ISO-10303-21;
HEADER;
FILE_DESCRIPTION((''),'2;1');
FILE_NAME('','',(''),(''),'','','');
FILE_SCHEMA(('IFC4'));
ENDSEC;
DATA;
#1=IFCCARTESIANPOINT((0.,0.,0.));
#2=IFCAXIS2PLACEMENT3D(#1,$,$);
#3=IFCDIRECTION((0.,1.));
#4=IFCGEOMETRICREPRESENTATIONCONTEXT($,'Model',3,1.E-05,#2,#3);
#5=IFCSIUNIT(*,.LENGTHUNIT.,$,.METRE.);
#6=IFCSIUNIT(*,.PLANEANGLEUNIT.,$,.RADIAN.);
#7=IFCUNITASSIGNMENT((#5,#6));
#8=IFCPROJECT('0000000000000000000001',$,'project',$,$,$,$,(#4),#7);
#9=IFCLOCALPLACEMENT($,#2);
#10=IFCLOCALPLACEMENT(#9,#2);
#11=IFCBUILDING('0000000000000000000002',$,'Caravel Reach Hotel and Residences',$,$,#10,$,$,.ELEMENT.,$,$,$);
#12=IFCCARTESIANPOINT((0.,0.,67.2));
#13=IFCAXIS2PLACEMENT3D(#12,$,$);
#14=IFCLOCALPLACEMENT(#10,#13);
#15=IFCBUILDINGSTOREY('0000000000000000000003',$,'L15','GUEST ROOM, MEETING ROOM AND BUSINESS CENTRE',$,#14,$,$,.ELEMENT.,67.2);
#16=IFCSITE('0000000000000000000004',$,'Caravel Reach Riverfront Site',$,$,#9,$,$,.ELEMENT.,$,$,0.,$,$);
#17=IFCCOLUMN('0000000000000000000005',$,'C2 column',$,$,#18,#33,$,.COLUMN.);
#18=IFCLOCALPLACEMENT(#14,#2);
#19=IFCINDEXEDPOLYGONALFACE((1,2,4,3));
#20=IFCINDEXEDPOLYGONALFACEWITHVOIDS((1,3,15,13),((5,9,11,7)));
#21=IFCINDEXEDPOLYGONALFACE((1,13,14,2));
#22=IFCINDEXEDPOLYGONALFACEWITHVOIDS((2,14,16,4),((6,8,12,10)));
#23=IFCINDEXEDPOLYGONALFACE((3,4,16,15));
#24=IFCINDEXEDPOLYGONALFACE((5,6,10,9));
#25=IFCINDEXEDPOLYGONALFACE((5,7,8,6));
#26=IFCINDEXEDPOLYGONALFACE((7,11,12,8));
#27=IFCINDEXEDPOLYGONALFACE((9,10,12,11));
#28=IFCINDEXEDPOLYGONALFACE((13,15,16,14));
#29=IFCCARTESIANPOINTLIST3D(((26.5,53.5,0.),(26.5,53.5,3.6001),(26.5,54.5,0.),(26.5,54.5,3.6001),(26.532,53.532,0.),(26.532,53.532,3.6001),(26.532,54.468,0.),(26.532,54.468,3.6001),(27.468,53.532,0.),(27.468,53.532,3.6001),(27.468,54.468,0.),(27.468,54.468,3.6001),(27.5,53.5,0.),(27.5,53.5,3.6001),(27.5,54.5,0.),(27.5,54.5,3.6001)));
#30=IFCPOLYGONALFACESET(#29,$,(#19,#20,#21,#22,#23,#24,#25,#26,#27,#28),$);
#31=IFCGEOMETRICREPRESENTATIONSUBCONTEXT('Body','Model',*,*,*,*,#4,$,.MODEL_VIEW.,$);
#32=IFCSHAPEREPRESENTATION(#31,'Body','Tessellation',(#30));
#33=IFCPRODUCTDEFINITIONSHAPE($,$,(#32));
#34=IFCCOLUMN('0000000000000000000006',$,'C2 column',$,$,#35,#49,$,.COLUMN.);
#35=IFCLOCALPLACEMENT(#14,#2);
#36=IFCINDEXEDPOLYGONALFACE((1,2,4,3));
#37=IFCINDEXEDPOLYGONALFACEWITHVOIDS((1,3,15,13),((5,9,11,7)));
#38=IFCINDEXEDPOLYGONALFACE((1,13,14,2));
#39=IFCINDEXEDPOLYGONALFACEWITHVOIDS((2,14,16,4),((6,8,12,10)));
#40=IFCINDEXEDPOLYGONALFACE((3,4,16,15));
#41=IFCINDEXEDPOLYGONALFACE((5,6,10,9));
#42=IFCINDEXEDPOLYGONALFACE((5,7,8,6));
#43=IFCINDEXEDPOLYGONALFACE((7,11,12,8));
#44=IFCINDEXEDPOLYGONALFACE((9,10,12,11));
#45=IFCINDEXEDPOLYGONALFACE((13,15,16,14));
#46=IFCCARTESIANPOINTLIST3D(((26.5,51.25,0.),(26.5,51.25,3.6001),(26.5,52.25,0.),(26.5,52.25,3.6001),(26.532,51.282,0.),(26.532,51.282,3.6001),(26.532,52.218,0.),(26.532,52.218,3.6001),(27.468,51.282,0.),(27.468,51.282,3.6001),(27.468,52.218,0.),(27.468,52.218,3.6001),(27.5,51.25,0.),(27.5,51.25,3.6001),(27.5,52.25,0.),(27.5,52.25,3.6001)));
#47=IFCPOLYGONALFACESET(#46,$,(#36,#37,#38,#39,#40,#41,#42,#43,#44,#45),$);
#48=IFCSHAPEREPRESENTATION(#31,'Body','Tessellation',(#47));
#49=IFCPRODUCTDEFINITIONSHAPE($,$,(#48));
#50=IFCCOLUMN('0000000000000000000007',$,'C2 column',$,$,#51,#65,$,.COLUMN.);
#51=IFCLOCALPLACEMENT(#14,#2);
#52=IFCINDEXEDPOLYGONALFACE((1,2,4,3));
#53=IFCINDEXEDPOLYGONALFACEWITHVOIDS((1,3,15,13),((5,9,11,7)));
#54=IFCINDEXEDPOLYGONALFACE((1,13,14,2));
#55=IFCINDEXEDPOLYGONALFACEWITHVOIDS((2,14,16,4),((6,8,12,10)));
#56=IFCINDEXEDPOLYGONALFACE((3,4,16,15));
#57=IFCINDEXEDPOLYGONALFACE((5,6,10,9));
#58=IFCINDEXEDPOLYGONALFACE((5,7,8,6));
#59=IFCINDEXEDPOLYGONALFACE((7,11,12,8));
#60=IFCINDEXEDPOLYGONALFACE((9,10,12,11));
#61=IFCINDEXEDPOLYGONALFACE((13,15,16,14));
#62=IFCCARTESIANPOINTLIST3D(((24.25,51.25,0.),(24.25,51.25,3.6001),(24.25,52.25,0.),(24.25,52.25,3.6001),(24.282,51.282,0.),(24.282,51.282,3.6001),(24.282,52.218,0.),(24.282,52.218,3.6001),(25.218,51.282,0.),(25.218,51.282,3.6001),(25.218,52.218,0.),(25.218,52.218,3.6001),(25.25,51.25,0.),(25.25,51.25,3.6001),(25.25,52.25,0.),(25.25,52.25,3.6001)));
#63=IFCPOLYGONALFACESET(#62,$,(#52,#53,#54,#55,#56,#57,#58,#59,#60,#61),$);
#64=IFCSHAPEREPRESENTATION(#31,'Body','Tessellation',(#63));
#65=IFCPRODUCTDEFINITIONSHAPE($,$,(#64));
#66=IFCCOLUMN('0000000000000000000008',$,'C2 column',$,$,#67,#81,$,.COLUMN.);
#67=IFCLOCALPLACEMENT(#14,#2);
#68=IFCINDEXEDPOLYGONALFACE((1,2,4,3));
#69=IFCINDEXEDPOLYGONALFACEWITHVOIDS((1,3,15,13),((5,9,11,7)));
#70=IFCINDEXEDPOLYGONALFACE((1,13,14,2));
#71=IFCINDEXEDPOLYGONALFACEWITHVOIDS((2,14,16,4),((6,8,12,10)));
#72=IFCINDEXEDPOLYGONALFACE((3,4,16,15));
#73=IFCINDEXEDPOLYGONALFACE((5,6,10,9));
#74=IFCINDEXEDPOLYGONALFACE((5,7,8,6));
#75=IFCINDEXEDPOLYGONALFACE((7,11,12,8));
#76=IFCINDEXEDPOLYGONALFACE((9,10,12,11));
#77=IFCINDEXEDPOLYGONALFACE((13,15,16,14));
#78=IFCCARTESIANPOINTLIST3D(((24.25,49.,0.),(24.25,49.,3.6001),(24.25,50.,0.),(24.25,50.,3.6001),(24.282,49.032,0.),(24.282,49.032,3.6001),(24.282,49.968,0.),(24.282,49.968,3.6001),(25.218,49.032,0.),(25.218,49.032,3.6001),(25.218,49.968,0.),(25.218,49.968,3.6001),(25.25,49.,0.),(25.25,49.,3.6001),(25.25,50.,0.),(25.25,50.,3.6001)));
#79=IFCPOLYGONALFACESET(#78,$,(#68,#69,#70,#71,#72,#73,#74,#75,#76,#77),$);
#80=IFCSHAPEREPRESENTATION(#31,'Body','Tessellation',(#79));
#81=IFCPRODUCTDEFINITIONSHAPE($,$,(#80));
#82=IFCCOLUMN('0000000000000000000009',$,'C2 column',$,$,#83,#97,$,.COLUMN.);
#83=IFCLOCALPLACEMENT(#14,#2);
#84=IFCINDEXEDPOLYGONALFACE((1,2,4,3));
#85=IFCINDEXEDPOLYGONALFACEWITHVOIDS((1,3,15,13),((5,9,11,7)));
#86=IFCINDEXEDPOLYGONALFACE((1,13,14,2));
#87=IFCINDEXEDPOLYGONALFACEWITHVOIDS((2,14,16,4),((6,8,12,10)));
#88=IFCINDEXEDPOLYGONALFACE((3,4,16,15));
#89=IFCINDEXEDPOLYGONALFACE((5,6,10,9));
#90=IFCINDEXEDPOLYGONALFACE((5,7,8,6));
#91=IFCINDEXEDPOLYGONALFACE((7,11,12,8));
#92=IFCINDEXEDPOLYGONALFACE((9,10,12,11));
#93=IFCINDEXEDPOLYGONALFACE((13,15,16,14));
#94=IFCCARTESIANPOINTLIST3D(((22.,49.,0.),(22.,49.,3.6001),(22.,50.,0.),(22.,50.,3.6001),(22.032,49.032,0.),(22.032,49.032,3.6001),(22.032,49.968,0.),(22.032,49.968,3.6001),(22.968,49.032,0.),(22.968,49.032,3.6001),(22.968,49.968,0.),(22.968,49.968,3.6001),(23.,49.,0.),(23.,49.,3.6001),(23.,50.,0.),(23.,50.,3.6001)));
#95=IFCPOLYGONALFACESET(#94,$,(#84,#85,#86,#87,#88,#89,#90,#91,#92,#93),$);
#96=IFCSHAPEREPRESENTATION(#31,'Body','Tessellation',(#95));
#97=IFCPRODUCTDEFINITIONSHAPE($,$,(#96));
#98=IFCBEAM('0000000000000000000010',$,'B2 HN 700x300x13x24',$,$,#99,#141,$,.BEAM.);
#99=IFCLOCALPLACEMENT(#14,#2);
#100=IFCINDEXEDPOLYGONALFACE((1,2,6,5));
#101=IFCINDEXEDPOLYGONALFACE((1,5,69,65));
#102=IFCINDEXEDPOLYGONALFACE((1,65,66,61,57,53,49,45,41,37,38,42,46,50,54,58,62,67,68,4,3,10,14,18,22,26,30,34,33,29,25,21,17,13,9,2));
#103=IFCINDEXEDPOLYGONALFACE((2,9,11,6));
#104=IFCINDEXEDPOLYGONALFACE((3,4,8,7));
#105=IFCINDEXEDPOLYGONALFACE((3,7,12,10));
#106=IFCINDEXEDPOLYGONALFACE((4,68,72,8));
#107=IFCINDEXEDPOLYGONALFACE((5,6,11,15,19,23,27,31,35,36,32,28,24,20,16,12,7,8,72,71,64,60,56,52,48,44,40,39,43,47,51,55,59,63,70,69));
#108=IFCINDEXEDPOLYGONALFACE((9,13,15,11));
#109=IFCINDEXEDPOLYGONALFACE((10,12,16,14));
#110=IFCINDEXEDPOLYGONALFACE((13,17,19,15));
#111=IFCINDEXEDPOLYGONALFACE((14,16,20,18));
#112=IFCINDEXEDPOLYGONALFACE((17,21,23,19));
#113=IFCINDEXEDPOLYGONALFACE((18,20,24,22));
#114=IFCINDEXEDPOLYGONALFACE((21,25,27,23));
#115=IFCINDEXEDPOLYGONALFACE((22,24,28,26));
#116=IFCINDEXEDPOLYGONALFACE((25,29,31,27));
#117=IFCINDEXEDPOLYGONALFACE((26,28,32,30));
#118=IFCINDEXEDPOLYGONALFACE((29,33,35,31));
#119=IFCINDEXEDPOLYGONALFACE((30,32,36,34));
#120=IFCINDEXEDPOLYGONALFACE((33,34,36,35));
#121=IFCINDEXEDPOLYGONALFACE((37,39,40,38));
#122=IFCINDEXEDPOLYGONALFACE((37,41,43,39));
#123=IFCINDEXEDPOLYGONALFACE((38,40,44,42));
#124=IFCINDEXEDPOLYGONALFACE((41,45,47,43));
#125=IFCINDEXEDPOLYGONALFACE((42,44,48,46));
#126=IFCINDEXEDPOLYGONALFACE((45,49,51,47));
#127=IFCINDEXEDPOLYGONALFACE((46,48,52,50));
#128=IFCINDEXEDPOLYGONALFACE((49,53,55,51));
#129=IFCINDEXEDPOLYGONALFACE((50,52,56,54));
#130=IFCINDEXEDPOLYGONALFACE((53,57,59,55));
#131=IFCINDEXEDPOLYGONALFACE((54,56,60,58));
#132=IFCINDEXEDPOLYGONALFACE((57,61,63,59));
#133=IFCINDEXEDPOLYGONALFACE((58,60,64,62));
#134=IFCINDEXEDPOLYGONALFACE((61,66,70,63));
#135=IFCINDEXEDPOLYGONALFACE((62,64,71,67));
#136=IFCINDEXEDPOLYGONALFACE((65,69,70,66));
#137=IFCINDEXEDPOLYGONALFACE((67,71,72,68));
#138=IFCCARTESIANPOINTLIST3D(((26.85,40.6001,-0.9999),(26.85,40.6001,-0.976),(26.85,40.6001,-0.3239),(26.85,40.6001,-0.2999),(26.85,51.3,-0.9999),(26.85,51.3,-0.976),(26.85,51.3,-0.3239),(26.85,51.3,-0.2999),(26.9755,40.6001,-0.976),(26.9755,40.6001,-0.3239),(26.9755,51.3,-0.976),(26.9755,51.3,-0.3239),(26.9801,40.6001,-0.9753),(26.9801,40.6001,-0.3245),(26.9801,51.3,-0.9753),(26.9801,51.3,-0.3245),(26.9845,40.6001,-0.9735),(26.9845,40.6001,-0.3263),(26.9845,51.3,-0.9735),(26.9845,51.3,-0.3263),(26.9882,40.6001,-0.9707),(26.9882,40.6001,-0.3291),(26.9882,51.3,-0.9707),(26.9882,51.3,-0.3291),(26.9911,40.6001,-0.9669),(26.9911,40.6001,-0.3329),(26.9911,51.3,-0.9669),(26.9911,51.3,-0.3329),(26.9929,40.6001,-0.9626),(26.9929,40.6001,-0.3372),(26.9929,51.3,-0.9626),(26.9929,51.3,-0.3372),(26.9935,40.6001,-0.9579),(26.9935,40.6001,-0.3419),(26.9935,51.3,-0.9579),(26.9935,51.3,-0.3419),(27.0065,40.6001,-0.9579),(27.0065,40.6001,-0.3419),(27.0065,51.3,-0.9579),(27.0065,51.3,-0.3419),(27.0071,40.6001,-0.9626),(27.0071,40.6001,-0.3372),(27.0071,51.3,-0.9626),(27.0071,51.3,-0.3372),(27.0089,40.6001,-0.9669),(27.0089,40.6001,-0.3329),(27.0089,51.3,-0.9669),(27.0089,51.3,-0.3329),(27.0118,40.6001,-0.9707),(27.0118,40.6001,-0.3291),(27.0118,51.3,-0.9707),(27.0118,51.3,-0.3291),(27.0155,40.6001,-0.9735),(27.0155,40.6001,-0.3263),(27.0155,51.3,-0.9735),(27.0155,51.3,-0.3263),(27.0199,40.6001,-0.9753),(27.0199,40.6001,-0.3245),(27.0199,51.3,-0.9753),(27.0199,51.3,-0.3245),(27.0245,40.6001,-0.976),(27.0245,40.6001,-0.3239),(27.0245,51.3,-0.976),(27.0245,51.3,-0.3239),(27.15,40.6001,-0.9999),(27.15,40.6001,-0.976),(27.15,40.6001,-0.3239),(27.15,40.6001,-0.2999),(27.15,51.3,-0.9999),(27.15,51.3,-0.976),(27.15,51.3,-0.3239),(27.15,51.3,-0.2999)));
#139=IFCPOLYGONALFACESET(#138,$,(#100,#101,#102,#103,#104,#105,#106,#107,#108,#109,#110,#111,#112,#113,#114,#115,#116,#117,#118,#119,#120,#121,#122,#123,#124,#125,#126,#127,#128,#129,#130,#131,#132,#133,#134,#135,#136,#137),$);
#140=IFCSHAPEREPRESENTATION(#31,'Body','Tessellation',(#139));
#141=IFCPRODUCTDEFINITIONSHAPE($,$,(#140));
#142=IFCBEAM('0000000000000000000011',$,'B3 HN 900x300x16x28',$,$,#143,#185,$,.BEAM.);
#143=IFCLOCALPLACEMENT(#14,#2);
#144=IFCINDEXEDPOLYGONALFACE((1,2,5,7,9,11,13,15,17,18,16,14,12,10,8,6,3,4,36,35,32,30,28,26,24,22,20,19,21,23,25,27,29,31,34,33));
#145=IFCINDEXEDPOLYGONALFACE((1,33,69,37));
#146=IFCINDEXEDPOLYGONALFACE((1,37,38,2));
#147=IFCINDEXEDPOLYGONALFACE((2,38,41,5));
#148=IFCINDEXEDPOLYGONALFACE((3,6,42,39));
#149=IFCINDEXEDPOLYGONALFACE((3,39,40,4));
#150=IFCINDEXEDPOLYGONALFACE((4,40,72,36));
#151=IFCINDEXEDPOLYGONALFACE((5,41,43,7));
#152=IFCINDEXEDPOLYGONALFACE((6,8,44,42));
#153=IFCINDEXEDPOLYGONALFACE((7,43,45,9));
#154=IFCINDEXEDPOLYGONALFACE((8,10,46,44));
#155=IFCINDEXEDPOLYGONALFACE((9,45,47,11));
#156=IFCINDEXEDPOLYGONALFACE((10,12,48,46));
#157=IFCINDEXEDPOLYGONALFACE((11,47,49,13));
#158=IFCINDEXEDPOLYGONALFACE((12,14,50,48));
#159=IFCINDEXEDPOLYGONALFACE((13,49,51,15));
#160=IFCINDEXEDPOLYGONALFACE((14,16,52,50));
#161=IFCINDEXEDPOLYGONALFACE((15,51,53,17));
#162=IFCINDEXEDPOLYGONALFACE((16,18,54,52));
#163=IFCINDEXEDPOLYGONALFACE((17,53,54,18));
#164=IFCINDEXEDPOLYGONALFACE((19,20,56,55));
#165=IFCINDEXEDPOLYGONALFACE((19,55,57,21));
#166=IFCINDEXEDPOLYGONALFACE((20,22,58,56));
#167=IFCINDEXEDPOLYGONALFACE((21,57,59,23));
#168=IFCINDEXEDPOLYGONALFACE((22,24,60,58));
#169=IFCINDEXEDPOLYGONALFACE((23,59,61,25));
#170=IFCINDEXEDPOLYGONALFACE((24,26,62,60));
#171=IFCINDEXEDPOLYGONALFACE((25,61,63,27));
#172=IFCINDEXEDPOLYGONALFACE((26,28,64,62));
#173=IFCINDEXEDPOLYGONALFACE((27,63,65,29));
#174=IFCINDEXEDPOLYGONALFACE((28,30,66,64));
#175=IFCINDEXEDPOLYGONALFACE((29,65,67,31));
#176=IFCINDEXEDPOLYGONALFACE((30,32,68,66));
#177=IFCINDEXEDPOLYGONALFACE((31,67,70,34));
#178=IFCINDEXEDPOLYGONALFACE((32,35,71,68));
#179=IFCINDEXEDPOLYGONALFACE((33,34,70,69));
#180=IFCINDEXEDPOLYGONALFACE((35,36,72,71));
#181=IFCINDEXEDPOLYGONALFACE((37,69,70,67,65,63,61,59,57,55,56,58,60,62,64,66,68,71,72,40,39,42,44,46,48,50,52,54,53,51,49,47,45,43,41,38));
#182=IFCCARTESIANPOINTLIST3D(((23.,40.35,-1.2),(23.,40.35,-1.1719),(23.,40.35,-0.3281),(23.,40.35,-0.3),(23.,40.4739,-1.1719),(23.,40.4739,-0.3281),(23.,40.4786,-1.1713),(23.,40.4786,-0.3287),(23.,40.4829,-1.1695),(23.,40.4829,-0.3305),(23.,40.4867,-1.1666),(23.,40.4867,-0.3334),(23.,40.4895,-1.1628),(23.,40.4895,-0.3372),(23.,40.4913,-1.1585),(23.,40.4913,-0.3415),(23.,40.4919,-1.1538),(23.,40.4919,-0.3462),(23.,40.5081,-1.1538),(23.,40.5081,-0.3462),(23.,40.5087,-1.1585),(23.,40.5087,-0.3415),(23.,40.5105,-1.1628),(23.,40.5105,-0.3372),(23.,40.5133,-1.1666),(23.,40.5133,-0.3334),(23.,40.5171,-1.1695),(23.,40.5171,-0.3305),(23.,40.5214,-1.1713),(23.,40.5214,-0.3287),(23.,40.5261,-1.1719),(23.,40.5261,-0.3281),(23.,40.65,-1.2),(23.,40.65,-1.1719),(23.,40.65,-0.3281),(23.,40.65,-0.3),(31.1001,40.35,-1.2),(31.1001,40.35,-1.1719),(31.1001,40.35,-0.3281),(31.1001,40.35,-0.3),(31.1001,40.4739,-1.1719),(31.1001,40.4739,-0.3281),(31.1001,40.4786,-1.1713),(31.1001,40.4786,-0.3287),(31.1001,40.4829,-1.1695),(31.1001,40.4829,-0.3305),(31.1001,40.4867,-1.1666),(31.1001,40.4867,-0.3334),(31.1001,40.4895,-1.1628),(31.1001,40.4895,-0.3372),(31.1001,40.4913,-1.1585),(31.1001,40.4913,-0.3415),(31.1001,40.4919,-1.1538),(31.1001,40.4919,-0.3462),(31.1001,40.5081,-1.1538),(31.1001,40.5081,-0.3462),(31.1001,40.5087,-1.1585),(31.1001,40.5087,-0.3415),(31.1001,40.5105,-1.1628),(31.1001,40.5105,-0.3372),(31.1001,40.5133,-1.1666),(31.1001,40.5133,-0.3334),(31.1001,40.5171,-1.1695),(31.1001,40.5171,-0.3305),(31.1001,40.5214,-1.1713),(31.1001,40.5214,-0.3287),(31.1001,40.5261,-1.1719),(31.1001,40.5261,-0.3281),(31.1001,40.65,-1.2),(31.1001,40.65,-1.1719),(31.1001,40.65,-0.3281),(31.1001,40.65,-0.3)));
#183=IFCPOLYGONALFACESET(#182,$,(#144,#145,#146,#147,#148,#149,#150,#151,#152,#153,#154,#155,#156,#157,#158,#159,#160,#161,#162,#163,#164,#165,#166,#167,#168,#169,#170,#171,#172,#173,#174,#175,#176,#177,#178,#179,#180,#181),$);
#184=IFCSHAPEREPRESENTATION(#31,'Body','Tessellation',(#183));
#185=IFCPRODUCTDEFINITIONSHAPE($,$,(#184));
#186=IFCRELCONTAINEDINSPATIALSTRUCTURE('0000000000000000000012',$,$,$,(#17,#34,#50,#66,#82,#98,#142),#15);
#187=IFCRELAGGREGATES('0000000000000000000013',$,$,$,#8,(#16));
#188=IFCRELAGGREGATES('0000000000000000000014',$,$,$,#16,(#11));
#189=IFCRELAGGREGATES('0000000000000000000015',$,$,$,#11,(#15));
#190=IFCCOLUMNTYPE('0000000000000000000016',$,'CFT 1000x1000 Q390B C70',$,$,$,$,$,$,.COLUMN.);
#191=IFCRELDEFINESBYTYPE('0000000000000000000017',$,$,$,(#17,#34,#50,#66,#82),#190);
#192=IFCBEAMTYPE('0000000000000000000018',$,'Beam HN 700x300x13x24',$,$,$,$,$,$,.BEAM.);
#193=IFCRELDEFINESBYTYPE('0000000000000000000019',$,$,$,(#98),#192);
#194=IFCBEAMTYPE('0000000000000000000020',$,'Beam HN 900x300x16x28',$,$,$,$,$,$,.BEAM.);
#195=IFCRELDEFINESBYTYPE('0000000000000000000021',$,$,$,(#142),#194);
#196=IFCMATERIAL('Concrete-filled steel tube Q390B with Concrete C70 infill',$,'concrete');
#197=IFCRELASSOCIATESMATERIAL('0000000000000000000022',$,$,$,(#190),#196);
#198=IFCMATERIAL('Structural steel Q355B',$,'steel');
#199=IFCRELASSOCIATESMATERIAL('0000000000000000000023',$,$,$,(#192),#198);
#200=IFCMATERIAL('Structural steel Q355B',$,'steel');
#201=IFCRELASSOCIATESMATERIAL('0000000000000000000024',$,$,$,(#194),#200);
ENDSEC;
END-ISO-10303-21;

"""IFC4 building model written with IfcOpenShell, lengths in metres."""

from ifc_helpers import new_model, si_unit, direction, frame, origin, origin_2d, place, context, subcontext, project, spatial, hollow_rectangle, i_section, extrude, material, material_profile, profile_set, type_object, element, save


model = new_model("IFC4")

# Units and contexts
model_context = context("Model", 3, precision=1e-05, world=origin(), true_north=direction((0.0, 1.0)))
body_context = subcontext(model_context, "Body", "Model", "MODEL_VIEW")
ifc_project = project(units=[si_unit("LENGTHUNIT", "METRE"), si_unit("PLANEANGLEUNIT", "RADIAN")], contexts=[model_context])

# Site, building, storey
site_placement = place(None, origin())
site = spatial("IfcSite", under=ifc_project, at=site_placement, Name="Caravel Reach Riverfront Site", CompositionType="ELEMENT", RefElevation=0.0)
building_placement = place(site_placement, origin())
building = spatial("IfcBuilding", under=site, at=building_placement, Name="Caravel Reach Hotel and Residences", CompositionType="ELEMENT")
storey_placement = place(building_placement, frame((0.0, 0.0, 67.2)))
storey = spatial("IfcBuildingStorey", under=building, at=storey_placement, Name="L15", Description="GUEST ROOM, MEETING ROOM AND BUSINESS CENTRE", CompositionType="ELEMENT", Elevation=67.2)

# Columns
ifc_material_1 = material(Name="Concrete-filled steel tube Q390B with Concrete C70 infill", Category="concrete")
ifc_material_profile_1 = material_profile(ifc_material_1, hollow_rectangle(XDim=1.0, YDim=1.0, WallThickness=0.032, at=origin_2d()), Name="RHS 1000x1000x32")
ifc_profile_set_1 = profile_set([ifc_material_profile_1], Name="Concrete-filled steel tube Q390B with Concrete C70 infill")
column_type = type_object("IfcColumnType", Name="CFT 1000x1000 Q390B C70", PredefinedType="COLUMN", material=ifc_profile_set_1)
for number, where, z_axis, x_axis, name in (
    (1, (27.0, 54.0, 0.0), (0.0, 0.0, 1.0), (1.0, 0.0, 0.0), "C2 column"),
    (2, (27.0, 51.75, 0.0), (0.0, 0.0, 1.0), (1.0, 0.0, 0.0), "C2 column"),
    (3, (24.75, 51.75, 0.0), (0.0, 0.0, 1.0), (1.0, 0.0, 0.0), "C2 column"),
    (4, (24.75, 49.5, 0.0), (0.0, 0.0, 1.0), (1.0, 0.0, 0.0), "C2 column"),
    (5, (22.5, 49.5, 0.0), (0.0, 0.0, 1.0), (1.0, 0.0, 0.0), "C2 column"),
):
    element("IfcColumn", number, at=place(storey_placement, frame(where, z_axis=z_axis, x_axis=x_axis)), inside=storey, type_object=column_type, Name=name, PredefinedType="COLUMN", context=body_context, shape_type="SweptSolid", body=[
        extrude(hollow_rectangle(XDim=1.0, YDim=1.0, WallThickness=0.032, at=origin_2d()), origin(), (0.0, 0.0, 1.0), 3.6001),
    ])

# Beams
ifc_material_2 = material(Name="Structural steel Q355B", Category="steel")
ifc_material_profile_2 = material_profile(ifc_material_2, i_section(OverallWidth=0.3, OverallDepth=0.7, WebThickness=0.0129, FlangeThickness=0.0239, FilletRadius=0.0181, at=origin_2d()), Name="HN 700x300x13x24")
ifc_profile_set_2 = profile_set([ifc_material_profile_2], Name="Structural steel Q355B")
beam_type_1 = type_object("IfcBeamType", Name="Beam HN 700x300x13x24", PredefinedType="BEAM", material=ifc_profile_set_2)
beam_1_placement = place(storey_placement, frame((27.0, 40.6001, -0.6499), z_axis=(0.0, 1.0, 0.0), x_axis=(-1.0, 0.0, 0.0)))
element("IfcBeam", 6, at=beam_1_placement, inside=storey, type_object=beam_type_1, Name="B2 HN 700x300x13x24", PredefinedType="BEAM", context=body_context, shape_type="SweptSolid", body=[
    extrude(i_section(OverallWidth=0.3, OverallDepth=0.7, WebThickness=0.0129, FlangeThickness=0.0239, FilletRadius=0.0181, at=origin_2d()), origin(), (0.0, 0.0, 1.0), 10.7),
])
ifc_material_3 = material(Name="Structural steel Q355B", Category="steel")
ifc_material_profile_3 = material_profile(ifc_material_3, i_section(OverallWidth=0.3, OverallDepth=0.8999, WebThickness=0.0161, FlangeThickness=0.0281, FilletRadius=0.0181, at=origin_2d()), Name="HN 900x300x16x28")
ifc_profile_set_3 = profile_set([ifc_material_profile_3], Name="Structural steel Q355B")
beam_type_2 = type_object("IfcBeamType", Name="Beam HN 900x300x16x28", PredefinedType="BEAM", material=ifc_profile_set_3)
beam_2_placement = place(storey_placement, frame((23.0, 40.5, -0.75), z_axis=(1.0, 0.0, 0.0), x_axis=(0.0, 1.0, 0.0)))
element("IfcBeam", 7, at=beam_2_placement, inside=storey, type_object=beam_type_2, Name="B3 HN 900x300x16x28", PredefinedType="BEAM", context=body_context, shape_type="SweptSolid", body=[
    extrude(i_section(OverallWidth=0.3, OverallDepth=0.8999, WebThickness=0.0161, FlangeThickness=0.0281, FilletRadius=0.0181, at=origin_2d()), origin(), (0.0, 0.0, 1.0), 8.1001),
])

save(model, "model.ifc")
